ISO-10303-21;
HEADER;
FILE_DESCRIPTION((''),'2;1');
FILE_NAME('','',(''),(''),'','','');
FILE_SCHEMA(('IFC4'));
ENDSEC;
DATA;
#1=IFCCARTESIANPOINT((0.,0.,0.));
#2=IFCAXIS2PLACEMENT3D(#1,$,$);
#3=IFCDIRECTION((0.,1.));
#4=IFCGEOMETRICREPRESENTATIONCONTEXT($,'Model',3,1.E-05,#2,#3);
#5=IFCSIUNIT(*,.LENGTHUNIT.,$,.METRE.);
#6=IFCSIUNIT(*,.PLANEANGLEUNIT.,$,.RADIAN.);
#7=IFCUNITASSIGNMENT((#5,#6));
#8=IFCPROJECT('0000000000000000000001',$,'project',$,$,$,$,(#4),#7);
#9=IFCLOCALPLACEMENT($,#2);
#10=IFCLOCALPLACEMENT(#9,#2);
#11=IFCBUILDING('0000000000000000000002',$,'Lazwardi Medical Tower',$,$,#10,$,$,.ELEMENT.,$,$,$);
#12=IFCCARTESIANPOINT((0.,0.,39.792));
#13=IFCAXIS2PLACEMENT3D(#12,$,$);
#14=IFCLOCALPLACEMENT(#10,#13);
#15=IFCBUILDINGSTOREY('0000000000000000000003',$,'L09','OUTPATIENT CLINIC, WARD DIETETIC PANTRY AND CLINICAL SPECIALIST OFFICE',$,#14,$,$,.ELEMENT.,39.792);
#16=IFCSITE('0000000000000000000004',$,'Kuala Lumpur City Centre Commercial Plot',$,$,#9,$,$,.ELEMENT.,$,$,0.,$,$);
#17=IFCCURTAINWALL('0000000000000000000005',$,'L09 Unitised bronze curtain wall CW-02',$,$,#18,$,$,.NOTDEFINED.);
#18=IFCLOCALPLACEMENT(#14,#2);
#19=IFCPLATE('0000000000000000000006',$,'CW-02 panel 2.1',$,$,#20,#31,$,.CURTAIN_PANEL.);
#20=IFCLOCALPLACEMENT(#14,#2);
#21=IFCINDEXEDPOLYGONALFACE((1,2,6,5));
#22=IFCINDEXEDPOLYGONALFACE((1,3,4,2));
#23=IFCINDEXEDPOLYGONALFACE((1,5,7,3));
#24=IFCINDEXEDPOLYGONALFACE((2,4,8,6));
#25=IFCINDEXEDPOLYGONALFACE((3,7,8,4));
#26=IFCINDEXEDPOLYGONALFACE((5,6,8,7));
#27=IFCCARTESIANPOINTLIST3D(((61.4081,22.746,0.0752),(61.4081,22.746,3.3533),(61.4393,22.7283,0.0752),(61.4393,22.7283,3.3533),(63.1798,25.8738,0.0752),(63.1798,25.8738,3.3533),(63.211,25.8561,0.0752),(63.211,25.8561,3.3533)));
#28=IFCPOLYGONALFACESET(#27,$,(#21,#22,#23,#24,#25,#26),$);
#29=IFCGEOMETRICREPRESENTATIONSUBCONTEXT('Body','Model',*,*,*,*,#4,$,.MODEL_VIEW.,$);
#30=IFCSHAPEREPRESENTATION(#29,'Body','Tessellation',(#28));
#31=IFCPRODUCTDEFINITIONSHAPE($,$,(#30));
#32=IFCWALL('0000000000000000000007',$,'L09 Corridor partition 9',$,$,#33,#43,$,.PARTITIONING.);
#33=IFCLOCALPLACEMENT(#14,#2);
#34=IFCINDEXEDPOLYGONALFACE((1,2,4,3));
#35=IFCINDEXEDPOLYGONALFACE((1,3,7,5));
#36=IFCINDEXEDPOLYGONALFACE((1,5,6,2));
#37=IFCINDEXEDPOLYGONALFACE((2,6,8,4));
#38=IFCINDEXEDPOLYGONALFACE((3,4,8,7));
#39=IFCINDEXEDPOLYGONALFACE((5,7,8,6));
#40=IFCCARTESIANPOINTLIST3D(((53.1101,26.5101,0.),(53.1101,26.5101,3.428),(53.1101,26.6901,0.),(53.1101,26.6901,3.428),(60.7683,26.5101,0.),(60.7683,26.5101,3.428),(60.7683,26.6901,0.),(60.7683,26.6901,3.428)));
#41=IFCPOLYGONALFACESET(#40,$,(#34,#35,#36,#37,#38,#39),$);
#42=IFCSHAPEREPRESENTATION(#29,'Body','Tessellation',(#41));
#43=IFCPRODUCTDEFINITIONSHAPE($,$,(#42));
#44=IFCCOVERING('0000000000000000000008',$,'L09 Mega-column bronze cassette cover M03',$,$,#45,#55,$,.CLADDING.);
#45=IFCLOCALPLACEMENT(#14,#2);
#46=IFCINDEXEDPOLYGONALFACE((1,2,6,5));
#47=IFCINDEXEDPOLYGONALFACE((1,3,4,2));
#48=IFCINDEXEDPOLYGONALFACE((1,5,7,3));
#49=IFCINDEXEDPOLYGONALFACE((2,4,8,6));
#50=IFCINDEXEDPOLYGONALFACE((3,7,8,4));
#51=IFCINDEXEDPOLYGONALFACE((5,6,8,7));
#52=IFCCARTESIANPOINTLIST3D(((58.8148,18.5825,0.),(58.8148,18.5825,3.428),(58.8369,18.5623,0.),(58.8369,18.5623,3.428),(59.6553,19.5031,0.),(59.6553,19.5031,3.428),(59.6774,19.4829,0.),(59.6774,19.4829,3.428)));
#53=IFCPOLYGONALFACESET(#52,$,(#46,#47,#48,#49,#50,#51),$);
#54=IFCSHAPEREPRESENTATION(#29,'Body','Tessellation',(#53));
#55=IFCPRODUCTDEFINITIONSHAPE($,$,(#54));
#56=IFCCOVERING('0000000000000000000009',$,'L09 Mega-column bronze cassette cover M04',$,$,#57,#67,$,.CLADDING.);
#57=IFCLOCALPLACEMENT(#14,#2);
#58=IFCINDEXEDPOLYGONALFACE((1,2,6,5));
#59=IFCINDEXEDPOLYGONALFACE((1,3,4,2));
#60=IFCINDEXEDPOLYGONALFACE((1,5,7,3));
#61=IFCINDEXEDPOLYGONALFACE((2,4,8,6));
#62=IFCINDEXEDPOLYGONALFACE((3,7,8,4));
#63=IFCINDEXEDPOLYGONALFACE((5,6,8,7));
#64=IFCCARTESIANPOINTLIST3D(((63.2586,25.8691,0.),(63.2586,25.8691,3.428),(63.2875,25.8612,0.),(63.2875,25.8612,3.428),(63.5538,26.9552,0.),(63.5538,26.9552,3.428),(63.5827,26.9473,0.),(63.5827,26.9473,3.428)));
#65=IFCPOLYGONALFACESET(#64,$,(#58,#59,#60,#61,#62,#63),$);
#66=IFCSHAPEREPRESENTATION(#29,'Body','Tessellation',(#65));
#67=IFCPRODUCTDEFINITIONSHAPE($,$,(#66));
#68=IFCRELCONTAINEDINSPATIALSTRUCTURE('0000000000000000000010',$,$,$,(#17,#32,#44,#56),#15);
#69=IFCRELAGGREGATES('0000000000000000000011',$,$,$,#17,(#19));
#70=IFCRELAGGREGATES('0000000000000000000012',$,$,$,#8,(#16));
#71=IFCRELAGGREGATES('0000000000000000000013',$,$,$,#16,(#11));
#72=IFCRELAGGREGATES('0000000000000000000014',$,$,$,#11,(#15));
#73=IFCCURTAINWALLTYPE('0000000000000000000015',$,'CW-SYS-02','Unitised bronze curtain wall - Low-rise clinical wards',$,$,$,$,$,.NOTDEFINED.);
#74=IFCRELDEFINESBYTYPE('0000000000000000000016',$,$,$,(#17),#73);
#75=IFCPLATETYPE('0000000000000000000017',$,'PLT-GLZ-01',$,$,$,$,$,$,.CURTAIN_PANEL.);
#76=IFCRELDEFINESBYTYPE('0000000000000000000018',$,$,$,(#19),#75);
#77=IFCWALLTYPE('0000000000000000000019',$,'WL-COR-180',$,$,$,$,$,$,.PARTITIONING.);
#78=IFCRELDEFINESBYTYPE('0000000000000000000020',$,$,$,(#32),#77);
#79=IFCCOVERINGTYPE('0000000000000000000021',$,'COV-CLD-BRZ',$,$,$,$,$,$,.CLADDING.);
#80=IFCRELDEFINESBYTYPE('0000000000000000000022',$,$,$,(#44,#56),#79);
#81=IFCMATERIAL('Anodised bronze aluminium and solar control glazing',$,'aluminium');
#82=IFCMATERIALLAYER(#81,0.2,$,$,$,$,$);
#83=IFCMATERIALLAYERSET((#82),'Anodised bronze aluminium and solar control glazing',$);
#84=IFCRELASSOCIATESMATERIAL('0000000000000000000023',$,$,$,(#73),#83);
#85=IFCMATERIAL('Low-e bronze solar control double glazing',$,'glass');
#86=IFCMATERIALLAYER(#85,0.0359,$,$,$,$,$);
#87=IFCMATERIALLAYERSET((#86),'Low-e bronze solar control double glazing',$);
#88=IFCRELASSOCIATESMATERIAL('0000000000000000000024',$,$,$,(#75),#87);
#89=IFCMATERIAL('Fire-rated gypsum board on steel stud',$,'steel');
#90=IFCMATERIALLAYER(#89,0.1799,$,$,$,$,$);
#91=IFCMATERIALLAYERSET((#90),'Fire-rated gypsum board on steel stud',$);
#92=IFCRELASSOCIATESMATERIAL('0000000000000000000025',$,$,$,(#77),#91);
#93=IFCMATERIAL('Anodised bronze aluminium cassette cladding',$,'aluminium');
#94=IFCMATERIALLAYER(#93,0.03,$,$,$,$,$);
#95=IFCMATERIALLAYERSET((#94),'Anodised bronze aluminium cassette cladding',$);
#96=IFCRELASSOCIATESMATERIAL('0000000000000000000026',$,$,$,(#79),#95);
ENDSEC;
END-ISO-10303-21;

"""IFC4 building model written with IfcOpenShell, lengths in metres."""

from ifc_helpers import new_model, si_unit, direction, frame, frame_2d, origin, origin_2d, place, context, subcontext, project, spatial, rectangle, extrude, material, layer, layer_set, type_object, element, aggregate, save


model = new_model("IFC4")

# Units and contexts
model_context = context("Model", 3, precision=1e-05, world=origin(), true_north=direction((0.0, 1.0)))
body_context = subcontext(model_context, "Body", "Model", "MODEL_VIEW")
ifc_project = project(units=[si_unit("LENGTHUNIT", "METRE"), si_unit("PLANEANGLEUNIT", "RADIAN")], contexts=[model_context])

# Site, building, storey
site_placement = place(None, origin())
site = spatial("IfcSite", under=ifc_project, at=site_placement, Name="Kuala Lumpur City Centre Commercial Plot", CompositionType="ELEMENT", RefElevation=0.0)
building_placement = place(site_placement, origin())
building = spatial("IfcBuilding", under=site, at=building_placement, Name="Lazwardi Medical Tower", CompositionType="ELEMENT")
storey_placement = place(building_placement, frame((0.0, 0.0, 39.792)))
storey = spatial("IfcBuildingStorey", under=building, at=storey_placement, Name="L09", Description="OUTPATIENT CLINIC, WARD DIETETIC PANTRY AND CLINICAL SPECIALIST OFFICE", CompositionType="ELEMENT", Elevation=39.792)

# Shared definitions
ifc_material_1 = material(Name="Anodised bronze aluminium and solar control glazing", Category="aluminium")
ifc_layer_1 = layer(ifc_material_1, 0.2)
ifc_layer_set_1 = layer_set([ifc_layer_1], Name="Anodised bronze aluminium and solar control glazing")
curtain_wall_type = type_object("IfcCurtainWallType", Name="CW-SYS-02", Description="Unitised bronze curtain wall - Low-rise clinical wards", PredefinedType="NOTDEFINED", material=ifc_layer_set_1)

# Curtain wall
curtain_wall_1_placement = place(storey_placement, origin())
curtain_wall_1 = element("IfcCurtainWall", 1, at=curtain_wall_1_placement, inside=storey, type_object=curtain_wall_type, Name="L09 Unitised bronze curtain wall CW-02", PredefinedType="NOTDEFINED")

# Plate
ifc_material_2 = material(Name="Low-e bronze solar control double glazing", Category="glass")
ifc_layer_2 = layer(ifc_material_2, 0.0359)
ifc_layer_set_2 = layer_set([ifc_layer_2], Name="Low-e bronze solar control double glazing")
plate_type = type_object("IfcPlateType", Name="PLT-GLZ-01", PredefinedType="CURTAIN_PANEL", material=ifc_layer_set_2)
plate_1_placement = place(storey_placement, frame((62.3096, 24.301, 0.0752), z_axis=(0.0, 0.0, 1.0), x_axis=(0.492854, 0.870112, 0.0)))
plate_1 = element("IfcPlate", 2, at=plate_1_placement, type_object=plate_type, Name="CW-02 panel 2.1", PredefinedType="CURTAIN_PANEL", context=body_context, shape_type="SweptSolid", body=[
    extrude(rectangle(XDim=3.5947, YDim=0.0359, at=origin_2d()), origin(), (0.0, 0.0, 1.0), 3.2781),
])
aggregate(curtain_wall_1, [plate_1])

# Wall
ifc_material_3 = material(Name="Fire-rated gypsum board on steel stud", Category="steel")
ifc_layer_3 = layer(ifc_material_3, 0.1799)
ifc_layer_set_3 = layer_set([ifc_layer_3], Name="Fire-rated gypsum board on steel stud")
wall_type = type_object("IfcWallType", Name="WL-COR-180", PredefinedType="PARTITIONING", material=ifc_layer_set_3)
wall_placement = place(storey_placement, frame((60.7683, 26.6001, 0.0), z_axis=(0.0, 0.0, 1.0), x_axis=(-1.0, 0.0, 0.0)))
element("IfcWall", 3, at=wall_placement, inside=storey, type_object=wall_type, Name="L09 Corridor partition 9", PredefinedType="PARTITIONING", context=body_context, shape_type="SweptSolid", body=[
    extrude(rectangle(XDim=7.6582, YDim=0.1799, at=frame_2d((3.8291, 0.0))), origin(), (0.0, 0.0, 1.0), 3.428),
])

# Coverings
ifc_material_4 = material(Name="Anodised bronze aluminium cassette cladding", Category="aluminium")
ifc_layer_4 = layer(ifc_material_4, 0.03)
ifc_layer_set_4 = layer_set([ifc_layer_4], Name="Anodised bronze aluminium cassette cladding")
covering_type = type_object("IfcCoveringType", Name="COV-CLD-BRZ", PredefinedType="CLADDING", material=ifc_layer_set_4)
covering_1_placement = place(storey_placement, frame((59.2461, 19.0327, 0.0), z_axis=(0.0, 0.0, 1.0), x_axis=(0.674252, 0.738501, 0.0)))
element("IfcCovering", 4, at=covering_1_placement, inside=storey, type_object=covering_type, Name="L09 Mega-column bronze cassette cover M03", PredefinedType="CLADDING", context=body_context, shape_type="SweptSolid", body=[
    extrude(rectangle(XDim=1.2466, YDim=0.03, at=origin_2d()), origin(), (0.0, 0.0, 1.0), 3.428),
])
covering_2_placement = place(storey_placement, frame((63.4207, 26.4082, 0.0), z_axis=(0.0, 0.0, 1.0), x_axis=(0.262283, 0.964991, 0.0)))
element("IfcCovering", 5, at=covering_2_placement, inside=storey, type_object=covering_type, Name="L09 Mega-column bronze cassette cover M04", PredefinedType="CLADDING", context=body_context, shape_type="SweptSolid", body=[
    extrude(rectangle(XDim=1.1255, YDim=0.03, at=origin_2d()), origin(), (0.0, 0.0, 1.0), 3.428),
])

save(model, "model.ifc")
